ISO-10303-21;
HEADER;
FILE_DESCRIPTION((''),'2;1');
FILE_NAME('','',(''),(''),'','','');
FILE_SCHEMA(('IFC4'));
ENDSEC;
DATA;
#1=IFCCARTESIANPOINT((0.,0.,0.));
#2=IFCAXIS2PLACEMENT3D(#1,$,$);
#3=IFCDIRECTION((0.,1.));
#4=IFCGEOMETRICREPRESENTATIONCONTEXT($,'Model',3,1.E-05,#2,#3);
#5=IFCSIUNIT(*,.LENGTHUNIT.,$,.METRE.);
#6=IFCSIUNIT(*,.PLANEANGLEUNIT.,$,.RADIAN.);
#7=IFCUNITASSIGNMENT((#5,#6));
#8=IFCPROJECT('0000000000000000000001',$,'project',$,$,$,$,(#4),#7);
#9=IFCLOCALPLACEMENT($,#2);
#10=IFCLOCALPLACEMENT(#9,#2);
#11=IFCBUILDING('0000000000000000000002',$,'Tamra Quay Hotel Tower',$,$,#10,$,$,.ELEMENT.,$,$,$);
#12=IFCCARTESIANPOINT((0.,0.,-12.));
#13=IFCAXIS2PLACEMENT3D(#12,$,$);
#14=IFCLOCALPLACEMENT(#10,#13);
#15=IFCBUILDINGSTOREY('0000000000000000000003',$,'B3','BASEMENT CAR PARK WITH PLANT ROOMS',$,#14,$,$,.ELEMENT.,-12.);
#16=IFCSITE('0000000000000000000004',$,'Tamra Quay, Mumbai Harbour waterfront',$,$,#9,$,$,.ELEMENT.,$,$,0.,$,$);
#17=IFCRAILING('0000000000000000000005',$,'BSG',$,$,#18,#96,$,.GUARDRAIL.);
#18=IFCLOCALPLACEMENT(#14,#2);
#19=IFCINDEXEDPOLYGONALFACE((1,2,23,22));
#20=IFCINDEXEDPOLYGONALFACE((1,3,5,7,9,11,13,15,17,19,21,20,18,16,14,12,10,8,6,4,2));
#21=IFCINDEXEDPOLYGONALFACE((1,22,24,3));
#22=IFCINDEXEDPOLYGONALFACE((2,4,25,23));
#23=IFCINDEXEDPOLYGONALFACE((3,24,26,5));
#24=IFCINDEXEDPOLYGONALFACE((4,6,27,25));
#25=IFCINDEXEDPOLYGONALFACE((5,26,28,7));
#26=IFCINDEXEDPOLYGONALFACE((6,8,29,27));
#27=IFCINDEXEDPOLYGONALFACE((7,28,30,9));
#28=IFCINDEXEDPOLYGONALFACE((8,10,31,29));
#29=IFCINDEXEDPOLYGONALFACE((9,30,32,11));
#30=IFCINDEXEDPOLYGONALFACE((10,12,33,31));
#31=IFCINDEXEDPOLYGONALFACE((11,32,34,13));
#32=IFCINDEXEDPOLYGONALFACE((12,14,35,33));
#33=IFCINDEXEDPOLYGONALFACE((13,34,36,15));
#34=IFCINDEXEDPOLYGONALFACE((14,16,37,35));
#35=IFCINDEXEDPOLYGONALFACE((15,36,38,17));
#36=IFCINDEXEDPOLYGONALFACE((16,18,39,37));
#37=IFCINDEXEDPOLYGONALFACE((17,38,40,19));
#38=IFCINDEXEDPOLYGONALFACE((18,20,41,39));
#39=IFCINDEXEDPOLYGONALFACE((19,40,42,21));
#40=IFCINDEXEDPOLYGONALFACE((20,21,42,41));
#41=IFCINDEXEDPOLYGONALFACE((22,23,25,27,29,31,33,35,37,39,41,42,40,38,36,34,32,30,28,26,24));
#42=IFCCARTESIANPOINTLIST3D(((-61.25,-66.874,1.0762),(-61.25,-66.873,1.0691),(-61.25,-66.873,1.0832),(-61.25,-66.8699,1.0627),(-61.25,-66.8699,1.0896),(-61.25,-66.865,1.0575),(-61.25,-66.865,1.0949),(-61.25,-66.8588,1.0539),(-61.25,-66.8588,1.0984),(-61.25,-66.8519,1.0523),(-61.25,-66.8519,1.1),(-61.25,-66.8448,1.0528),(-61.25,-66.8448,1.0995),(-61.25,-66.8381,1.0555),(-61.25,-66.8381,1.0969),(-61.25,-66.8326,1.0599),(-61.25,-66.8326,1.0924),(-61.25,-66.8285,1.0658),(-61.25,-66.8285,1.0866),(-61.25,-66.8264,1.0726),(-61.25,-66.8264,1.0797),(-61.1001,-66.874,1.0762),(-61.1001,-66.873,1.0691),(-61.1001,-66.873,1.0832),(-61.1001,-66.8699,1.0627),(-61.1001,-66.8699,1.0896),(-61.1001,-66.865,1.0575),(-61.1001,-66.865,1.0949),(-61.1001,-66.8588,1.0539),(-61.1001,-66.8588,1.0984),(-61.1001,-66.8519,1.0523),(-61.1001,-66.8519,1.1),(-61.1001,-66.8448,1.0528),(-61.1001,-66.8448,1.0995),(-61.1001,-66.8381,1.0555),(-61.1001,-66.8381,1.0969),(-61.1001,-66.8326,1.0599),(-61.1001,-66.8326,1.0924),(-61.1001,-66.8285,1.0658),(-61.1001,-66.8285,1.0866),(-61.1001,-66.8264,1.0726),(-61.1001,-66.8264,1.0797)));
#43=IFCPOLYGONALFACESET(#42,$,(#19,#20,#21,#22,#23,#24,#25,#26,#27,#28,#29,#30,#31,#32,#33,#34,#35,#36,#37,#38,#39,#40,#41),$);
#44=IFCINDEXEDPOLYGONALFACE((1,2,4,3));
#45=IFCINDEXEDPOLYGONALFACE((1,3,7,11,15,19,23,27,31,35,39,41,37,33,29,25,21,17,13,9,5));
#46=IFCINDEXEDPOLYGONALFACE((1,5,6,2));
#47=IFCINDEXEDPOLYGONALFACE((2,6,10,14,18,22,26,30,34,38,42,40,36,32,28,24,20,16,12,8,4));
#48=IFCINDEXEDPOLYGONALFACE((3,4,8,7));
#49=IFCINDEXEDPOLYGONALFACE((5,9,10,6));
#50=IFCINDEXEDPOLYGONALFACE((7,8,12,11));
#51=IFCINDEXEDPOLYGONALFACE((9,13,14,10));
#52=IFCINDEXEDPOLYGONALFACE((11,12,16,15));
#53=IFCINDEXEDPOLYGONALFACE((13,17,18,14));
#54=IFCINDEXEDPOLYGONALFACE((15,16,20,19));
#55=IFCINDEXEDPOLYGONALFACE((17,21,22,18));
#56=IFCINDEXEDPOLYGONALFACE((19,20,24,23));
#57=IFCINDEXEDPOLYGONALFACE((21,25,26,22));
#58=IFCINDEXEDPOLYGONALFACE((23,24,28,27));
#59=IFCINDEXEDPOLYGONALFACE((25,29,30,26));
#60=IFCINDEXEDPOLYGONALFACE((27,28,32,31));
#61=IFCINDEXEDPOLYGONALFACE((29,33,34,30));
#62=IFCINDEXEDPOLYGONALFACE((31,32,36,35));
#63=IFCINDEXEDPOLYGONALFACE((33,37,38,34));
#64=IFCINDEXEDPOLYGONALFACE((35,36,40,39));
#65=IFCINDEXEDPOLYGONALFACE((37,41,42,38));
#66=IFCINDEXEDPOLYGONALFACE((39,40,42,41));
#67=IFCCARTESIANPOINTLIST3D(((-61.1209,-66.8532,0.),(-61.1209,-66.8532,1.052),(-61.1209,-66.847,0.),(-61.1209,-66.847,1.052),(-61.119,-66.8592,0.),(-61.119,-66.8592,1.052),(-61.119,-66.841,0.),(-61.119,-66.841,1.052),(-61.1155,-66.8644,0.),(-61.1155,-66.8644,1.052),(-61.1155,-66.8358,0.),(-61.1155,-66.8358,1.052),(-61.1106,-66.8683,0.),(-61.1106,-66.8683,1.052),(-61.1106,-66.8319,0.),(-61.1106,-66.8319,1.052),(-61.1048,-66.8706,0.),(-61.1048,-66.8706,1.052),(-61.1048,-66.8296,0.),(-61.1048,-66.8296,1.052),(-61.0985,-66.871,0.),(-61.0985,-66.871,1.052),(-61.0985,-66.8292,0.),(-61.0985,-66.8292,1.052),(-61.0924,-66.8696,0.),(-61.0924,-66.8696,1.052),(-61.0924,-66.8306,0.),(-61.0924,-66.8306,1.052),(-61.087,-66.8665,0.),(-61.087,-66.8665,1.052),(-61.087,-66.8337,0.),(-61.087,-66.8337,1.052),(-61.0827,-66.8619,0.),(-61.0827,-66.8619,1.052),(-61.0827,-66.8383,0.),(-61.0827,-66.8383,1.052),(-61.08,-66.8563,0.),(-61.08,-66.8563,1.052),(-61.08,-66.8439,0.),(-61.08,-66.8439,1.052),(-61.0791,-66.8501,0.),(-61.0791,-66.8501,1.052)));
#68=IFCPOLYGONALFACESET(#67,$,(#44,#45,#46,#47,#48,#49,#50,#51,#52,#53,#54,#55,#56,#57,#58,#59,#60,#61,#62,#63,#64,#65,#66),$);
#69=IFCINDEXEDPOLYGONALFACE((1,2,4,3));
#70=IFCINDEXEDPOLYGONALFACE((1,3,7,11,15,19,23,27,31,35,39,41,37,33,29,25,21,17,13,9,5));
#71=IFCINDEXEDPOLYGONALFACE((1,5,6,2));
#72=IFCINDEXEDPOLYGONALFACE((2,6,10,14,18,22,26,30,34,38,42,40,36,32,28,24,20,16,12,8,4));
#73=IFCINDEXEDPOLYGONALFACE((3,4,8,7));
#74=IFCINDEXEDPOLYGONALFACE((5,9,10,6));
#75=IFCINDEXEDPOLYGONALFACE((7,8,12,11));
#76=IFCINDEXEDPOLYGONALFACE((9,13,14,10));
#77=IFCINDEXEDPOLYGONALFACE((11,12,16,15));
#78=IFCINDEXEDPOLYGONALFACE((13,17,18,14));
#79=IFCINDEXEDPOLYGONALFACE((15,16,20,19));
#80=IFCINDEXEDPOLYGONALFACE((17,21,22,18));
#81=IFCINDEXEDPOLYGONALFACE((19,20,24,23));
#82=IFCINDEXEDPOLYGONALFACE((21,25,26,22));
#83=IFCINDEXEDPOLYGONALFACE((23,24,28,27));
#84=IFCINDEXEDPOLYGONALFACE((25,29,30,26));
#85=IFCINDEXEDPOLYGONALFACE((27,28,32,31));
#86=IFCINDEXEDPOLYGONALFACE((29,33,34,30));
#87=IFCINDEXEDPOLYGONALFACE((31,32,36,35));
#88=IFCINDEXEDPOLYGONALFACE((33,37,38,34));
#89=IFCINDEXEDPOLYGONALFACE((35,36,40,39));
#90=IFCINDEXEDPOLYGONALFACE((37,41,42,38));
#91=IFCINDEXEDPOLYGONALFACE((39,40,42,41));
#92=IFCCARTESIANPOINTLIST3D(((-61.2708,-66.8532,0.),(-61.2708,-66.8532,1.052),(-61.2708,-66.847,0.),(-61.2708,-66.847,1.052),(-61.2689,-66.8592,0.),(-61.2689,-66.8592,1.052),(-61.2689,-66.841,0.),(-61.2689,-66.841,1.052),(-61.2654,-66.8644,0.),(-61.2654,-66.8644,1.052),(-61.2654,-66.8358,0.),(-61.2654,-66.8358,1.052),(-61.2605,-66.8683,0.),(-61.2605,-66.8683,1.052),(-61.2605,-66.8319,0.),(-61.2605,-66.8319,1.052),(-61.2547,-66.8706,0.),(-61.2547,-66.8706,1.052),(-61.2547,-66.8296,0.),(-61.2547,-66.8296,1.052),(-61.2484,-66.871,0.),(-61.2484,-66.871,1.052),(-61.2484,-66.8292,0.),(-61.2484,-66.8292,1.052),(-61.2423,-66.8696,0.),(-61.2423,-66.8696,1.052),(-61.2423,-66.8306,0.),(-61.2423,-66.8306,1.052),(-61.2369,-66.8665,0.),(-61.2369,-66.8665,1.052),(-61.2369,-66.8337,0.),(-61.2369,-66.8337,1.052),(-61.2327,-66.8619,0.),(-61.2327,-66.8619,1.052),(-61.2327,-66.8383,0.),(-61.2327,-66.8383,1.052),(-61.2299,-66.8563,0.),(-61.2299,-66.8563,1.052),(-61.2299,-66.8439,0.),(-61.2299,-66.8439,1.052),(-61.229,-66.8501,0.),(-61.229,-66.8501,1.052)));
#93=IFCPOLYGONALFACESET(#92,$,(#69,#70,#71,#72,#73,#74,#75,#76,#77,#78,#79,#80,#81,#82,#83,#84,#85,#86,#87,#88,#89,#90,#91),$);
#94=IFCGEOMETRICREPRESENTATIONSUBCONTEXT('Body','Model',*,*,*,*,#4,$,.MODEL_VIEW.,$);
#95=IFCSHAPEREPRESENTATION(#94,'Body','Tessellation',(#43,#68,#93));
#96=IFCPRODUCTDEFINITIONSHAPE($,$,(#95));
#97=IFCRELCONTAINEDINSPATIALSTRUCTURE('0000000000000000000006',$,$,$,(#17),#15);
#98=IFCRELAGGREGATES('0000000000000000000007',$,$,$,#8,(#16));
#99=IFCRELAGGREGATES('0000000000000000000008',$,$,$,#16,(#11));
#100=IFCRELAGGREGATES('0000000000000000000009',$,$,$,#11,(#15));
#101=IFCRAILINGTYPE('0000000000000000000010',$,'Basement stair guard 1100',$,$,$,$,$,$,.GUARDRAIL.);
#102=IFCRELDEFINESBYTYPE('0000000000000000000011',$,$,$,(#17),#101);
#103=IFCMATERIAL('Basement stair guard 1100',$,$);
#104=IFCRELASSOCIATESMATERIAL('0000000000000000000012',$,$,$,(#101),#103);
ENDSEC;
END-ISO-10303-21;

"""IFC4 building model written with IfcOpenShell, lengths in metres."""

from ifc_helpers import new_model, si_unit, direction, frame, origin, origin_2d, place, context, subcontext, project, spatial, circle, extrude, material, type_object, element, save


model = new_model("IFC4")

# Units and contexts
model_context = context("Model", 3, precision=1e-05, world=origin(), true_north=direction((0.0, 1.0)))
body_context = subcontext(model_context, "Body", "Model", "MODEL_VIEW")
ifc_project = project(units=[si_unit("LENGTHUNIT", "METRE"), si_unit("PLANEANGLEUNIT", "RADIAN")], contexts=[model_context])

# Site, building, storey
site_placement = place(None, origin())
site = spatial("IfcSite", under=ifc_project, at=site_placement, Name="Tamra Quay, Mumbai Harbour waterfront", CompositionType="ELEMENT", RefElevation=0.0)
building_placement = place(site_placement, origin())
building = spatial("IfcBuilding", under=site, at=building_placement, Name="Tamra Quay Hotel Tower", CompositionType="ELEMENT")
storey_placement = place(building_placement, frame((0.0, 0.0, -12.0)))
storey = spatial("IfcBuildingStorey", under=building, at=storey_placement, Name="B3", Description="BASEMENT CAR PARK WITH PLANT ROOMS", CompositionType="ELEMENT", Elevation=-12.0)

# Railing
ifc_material_1 = material(Name="Basement stair guard 1100")
railing_type = type_object("IfcRailingType", Name="Basement stair guard 1100", PredefinedType="GUARDRAIL", material=ifc_material_1)
railing_1_placement = place(storey_placement, frame((-61.1001, -66.8501, 0.0)))
element("IfcRailing", 1, at=railing_1_placement, inside=storey, type_object=railing_type, Name="BSG", PredefinedType="GUARDRAIL", context=body_context, shape_type="SweptSolid", body=[
    extrude(circle(Radius=0.0239, at=origin_2d()), frame((0.0, 0.0, 1.0762), z_axis=(-1.0, 0.0, 0.0), x_axis=(0.0, -1.0, 0.0)), (0.0, 0.0, 1.0), 0.1499),
    extrude(circle(Radius=0.021, at=origin_2d()), origin(), (0.0, 0.0, 1.0), 1.052),
    extrude(circle(Radius=0.021, at=origin_2d()), frame((-0.1499, 0.0, 0.0)), (0.0, 0.0, 1.0), 1.052),
])

save(model, "model.ifc")
